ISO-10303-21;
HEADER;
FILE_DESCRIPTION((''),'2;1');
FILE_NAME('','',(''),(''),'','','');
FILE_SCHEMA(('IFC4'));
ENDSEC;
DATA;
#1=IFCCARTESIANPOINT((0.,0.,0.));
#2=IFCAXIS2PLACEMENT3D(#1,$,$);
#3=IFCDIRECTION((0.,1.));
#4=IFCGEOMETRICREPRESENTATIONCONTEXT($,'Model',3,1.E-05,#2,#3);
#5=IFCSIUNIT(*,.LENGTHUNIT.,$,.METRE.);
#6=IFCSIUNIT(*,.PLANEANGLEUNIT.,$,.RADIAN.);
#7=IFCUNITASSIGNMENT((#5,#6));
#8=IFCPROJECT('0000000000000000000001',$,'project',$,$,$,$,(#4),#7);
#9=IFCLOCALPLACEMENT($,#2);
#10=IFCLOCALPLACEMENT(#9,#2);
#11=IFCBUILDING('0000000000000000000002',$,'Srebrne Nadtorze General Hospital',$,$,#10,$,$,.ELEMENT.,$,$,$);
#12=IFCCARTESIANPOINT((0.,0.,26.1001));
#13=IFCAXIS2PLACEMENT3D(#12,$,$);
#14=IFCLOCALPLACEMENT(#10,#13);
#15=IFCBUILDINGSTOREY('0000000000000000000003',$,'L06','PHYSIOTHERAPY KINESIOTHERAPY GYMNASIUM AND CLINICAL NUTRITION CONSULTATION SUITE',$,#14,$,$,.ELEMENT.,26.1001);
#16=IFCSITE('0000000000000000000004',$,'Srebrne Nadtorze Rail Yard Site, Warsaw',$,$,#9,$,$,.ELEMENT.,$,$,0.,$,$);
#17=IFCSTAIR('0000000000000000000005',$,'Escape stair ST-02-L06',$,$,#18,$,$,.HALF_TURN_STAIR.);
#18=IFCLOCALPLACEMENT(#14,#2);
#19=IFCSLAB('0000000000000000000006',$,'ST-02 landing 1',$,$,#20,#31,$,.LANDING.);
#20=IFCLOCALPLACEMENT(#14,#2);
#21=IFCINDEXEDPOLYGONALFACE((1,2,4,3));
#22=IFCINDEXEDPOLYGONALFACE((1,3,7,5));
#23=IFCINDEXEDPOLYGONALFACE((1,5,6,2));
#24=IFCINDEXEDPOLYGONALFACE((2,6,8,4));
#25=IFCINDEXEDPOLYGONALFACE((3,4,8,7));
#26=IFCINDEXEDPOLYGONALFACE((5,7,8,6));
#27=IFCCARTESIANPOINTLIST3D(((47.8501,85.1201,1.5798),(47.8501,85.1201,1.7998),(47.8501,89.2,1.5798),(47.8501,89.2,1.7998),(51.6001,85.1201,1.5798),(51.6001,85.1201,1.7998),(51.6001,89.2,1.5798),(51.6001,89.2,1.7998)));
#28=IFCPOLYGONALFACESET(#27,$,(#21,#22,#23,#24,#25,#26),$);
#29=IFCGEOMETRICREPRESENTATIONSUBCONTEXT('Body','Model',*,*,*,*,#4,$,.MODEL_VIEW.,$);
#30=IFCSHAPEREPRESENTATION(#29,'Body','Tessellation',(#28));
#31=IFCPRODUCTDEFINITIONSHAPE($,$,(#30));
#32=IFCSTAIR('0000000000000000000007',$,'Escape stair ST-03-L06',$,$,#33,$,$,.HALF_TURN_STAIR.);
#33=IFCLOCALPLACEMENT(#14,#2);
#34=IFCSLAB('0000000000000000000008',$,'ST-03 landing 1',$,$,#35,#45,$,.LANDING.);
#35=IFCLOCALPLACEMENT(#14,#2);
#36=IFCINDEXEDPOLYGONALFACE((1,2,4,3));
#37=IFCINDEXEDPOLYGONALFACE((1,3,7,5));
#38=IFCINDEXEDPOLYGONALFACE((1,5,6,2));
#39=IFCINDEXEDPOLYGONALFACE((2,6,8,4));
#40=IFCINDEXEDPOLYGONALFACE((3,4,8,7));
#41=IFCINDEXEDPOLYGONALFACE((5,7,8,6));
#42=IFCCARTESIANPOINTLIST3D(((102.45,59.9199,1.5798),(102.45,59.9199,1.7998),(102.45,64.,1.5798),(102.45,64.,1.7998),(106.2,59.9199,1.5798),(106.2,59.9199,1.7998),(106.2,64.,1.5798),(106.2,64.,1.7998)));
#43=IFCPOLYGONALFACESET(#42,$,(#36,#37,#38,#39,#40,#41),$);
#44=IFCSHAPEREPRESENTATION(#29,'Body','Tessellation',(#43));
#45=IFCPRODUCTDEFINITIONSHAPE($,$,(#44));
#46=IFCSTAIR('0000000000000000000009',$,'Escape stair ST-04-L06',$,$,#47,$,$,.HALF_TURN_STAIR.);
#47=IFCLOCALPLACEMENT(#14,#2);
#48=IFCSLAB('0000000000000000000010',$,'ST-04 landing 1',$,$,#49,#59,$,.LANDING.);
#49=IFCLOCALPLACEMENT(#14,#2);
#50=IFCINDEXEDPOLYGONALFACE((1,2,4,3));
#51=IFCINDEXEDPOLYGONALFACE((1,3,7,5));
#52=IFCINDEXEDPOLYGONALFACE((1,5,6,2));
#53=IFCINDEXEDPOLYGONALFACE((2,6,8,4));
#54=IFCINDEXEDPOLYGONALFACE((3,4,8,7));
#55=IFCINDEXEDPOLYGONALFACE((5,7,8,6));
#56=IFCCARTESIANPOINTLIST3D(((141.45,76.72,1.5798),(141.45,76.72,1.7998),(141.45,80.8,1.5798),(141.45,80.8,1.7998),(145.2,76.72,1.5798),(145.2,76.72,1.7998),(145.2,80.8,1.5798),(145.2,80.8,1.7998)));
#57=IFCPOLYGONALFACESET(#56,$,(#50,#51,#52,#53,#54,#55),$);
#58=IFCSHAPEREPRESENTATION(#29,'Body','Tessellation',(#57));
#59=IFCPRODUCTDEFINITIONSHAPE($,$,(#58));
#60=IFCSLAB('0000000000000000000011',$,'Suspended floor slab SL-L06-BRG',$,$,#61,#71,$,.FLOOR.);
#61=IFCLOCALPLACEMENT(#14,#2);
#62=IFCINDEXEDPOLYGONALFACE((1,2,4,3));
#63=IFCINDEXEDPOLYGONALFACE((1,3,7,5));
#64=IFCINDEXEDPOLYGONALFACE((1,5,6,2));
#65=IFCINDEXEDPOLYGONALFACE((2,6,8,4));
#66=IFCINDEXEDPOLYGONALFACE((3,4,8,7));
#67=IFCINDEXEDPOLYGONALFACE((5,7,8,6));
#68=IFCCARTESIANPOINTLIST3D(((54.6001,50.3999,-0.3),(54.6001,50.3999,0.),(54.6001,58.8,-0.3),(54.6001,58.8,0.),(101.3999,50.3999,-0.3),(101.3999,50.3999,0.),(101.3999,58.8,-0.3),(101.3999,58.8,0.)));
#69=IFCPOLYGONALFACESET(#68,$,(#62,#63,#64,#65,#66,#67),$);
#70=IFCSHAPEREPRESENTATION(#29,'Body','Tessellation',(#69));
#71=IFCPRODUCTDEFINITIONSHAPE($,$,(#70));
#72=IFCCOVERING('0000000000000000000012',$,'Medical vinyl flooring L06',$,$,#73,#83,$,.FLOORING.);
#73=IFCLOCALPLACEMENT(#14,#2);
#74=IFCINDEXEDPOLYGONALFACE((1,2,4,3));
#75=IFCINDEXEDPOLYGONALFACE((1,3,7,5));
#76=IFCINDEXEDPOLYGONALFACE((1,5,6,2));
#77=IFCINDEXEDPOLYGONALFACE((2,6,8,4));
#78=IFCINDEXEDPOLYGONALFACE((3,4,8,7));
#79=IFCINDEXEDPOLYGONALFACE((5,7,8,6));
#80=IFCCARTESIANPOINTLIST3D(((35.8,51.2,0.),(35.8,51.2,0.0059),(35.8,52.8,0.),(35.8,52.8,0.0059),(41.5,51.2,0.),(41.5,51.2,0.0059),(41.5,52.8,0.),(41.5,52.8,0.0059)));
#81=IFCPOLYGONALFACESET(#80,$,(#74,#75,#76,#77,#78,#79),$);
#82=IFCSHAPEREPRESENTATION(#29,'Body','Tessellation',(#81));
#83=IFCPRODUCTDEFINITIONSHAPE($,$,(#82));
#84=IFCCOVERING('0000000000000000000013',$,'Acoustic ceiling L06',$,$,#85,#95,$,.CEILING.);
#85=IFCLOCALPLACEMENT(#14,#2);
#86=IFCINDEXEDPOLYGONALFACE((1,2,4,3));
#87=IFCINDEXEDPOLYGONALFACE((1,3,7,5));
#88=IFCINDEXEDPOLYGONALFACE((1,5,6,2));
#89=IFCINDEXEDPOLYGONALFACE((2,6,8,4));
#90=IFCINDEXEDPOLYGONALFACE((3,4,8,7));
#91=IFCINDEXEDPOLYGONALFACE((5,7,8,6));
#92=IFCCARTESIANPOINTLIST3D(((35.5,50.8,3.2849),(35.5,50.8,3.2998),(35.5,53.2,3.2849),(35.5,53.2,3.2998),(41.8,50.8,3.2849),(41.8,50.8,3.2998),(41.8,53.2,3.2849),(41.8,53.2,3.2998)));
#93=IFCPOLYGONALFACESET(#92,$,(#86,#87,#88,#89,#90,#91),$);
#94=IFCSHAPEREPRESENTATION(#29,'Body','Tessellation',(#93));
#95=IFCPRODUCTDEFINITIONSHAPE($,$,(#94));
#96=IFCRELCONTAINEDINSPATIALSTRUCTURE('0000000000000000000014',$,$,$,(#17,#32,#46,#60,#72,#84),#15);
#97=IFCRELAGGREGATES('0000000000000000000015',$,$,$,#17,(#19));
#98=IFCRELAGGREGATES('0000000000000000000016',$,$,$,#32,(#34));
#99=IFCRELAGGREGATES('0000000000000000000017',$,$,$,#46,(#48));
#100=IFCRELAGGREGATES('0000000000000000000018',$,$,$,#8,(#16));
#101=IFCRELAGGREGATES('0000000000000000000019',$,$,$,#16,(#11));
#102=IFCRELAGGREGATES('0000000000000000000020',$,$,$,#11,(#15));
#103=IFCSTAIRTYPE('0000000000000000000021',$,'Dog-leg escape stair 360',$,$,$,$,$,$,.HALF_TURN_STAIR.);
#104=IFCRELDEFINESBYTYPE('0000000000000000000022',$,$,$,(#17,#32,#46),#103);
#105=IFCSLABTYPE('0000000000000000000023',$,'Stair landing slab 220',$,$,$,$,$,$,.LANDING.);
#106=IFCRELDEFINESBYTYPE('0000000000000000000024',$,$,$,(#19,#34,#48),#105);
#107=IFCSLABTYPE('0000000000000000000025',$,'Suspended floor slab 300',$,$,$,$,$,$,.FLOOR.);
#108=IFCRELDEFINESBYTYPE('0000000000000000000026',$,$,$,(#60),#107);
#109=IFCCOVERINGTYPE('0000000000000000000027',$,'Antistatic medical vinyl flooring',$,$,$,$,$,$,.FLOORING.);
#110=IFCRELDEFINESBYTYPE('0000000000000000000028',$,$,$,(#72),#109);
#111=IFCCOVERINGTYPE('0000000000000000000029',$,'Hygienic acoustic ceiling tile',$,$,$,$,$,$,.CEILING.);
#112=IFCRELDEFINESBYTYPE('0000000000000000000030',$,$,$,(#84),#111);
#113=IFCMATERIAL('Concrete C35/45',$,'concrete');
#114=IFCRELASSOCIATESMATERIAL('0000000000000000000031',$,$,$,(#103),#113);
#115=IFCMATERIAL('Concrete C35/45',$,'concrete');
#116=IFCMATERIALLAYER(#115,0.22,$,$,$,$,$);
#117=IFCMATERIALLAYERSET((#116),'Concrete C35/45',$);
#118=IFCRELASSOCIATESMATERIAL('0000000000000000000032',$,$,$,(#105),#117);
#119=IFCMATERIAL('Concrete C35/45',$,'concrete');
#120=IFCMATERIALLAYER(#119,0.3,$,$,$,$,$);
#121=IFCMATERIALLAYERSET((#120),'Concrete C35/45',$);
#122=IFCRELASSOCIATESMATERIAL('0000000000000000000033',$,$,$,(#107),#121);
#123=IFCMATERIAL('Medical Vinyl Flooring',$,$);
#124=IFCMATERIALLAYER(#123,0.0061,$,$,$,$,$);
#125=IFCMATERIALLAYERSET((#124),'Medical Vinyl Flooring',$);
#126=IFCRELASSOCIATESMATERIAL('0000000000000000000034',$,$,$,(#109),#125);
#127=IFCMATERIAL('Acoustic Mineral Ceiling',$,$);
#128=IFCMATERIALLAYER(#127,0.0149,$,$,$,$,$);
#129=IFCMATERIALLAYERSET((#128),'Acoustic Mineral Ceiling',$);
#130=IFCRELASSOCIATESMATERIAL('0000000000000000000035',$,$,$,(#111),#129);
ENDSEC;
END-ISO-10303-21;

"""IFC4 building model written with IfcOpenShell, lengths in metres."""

from ifc_helpers import new_model, si_unit, direction, frame, origin, place, context, subcontext, project, spatial, polyline, outline, extrude, material, layer, layer_set, type_object, element, aggregate, save


model = new_model("IFC4")

# Units and contexts
model_context = context("Model", 3, precision=1e-05, world=origin(), true_north=direction((0.0, 1.0)))
body_context = subcontext(model_context, "Body", "Model", "MODEL_VIEW")
ifc_project = project(units=[si_unit("LENGTHUNIT", "METRE"), si_unit("PLANEANGLEUNIT", "RADIAN")], contexts=[model_context])

# Site, building, storey
site_placement = place(None, origin())
site = spatial("IfcSite", under=ifc_project, at=site_placement, Name="Srebrne Nadtorze Rail Yard Site, Warsaw", CompositionType="ELEMENT", RefElevation=0.0)
building_placement = place(site_placement, origin())
building = spatial("IfcBuilding", under=site, at=building_placement, Name="Srebrne Nadtorze General Hospital", CompositionType="ELEMENT")
storey_placement = place(building_placement, frame((0.0, 0.0, 26.1001)))
storey = spatial("IfcBuildingStorey", under=building, at=storey_placement, Name="L06", Description="PHYSIOTHERAPY KINESIOTHERAPY GYMNASIUM AND CLINICAL NUTRITION CONSULTATION SUITE", CompositionType="ELEMENT", Elevation=26.1001)

# Stairs, slabs
ifc_material_1 = material(Name="Concrete C35/45", Category="concrete")
stair_type = type_object("IfcStairType", Name="Dog-leg escape stair 360", PredefinedType="HALF_TURN_STAIR", material=ifc_material_1)
ifc_material_2 = material(Name="Concrete C35/45", Category="concrete")
ifc_layer_1 = layer(ifc_material_2, 0.22)
ifc_layer_set_1 = layer_set([ifc_layer_1], Name="Concrete C35/45")
slab_type_1 = type_object("IfcSlabType", Name="Stair landing slab 220", PredefinedType="LANDING", material=ifc_layer_set_1)
stair_1_placement = place(storey_placement, origin())
stair_1 = element("IfcStair", 1, at=stair_1_placement, inside=storey, type_object=stair_type, Name="Escape stair ST-02-L06", PredefinedType="HALF_TURN_STAIR")
slab_1_placement = place(storey_placement, frame((0.0, 0.0, 1.5798)))
slab_1 = element("IfcSlab", 2, at=slab_1_placement, type_object=slab_type_1, Name="ST-02 landing 1", PredefinedType="LANDING", context=body_context, shape_type="SweptSolid", body=[
    extrude(outline(polyline([(47.8501, 85.1201), (51.6001, 85.1201), (51.6001, 89.2), (47.8501, 89.2), (47.8501, 85.1201)])), origin(), (0.0, 0.0, 1.0), 0.22),
])
aggregate(stair_1, [slab_1])
stair_2_placement = place(storey_placement, origin())
stair_2 = element("IfcStair", 3, at=stair_2_placement, inside=storey, type_object=stair_type, Name="Escape stair ST-03-L06", PredefinedType="HALF_TURN_STAIR")
slab_2_placement = place(storey_placement, frame((0.0, 0.0, 1.5798)))
slab_2 = element("IfcSlab", 4, at=slab_2_placement, type_object=slab_type_1, Name="ST-03 landing 1", PredefinedType="LANDING", context=body_context, shape_type="SweptSolid", body=[
    extrude(outline(polyline([(102.45, 59.9199), (106.2, 59.9199), (106.2, 64.0), (102.45, 64.0), (102.45, 59.9199)])), origin(), (0.0, 0.0, 1.0), 0.22),
])
aggregate(stair_2, [slab_2])
stair_3_placement = place(storey_placement, origin())
stair_3 = element("IfcStair", 5, at=stair_3_placement, inside=storey, type_object=stair_type, Name="Escape stair ST-04-L06", PredefinedType="HALF_TURN_STAIR")
slab_3_placement = place(storey_placement, frame((0.0, 0.0, 1.5798)))
slab_3 = element("IfcSlab", 6, at=slab_3_placement, type_object=slab_type_1, Name="ST-04 landing 1", PredefinedType="LANDING", context=body_context, shape_type="SweptSolid", body=[
    extrude(outline(polyline([(141.45, 76.72), (145.2, 76.72), (145.2, 80.8), (141.45, 80.8), (141.45, 76.72)])), origin(), (0.0, 0.0, 1.0), 0.22),
])
aggregate(stair_3, [slab_3])

# Slab
ifc_material_3 = material(Name="Concrete C35/45", Category="concrete")
ifc_layer_2 = layer(ifc_material_3, 0.3)
ifc_layer_set_2 = layer_set([ifc_layer_2], Name="Concrete C35/45")
slab_type_2 = type_object("IfcSlabType", Name="Suspended floor slab 300", PredefinedType="FLOOR", material=ifc_layer_set_2)
slab_4_placement = place(storey_placement, frame((0.0, 0.0, -0.3)))
element("IfcSlab", 7, at=slab_4_placement, inside=storey, type_object=slab_type_2, Name="Suspended floor slab SL-L06-BRG", PredefinedType="FLOOR", context=body_context, shape_type="SweptSolid", body=[
    extrude(outline(polyline([(101.3999, 50.3999), (101.3999, 58.8), (54.6001, 58.8), (54.6001, 50.3999), (101.3999, 50.3999)])), origin(), (0.0, 0.0, 1.0), 0.3),
])

# Coverings
ifc_material_4 = material(Name="Medical Vinyl Flooring")
ifc_layer_3 = layer(ifc_material_4, 0.0061)
ifc_layer_set_3 = layer_set([ifc_layer_3], Name="Medical Vinyl Flooring")
covering_type_1 = type_object("IfcCoveringType", Name="Antistatic medical vinyl flooring", PredefinedType="FLOORING", material=ifc_layer_set_3)
covering_1_placement = place(storey_placement, origin())
element("IfcCovering", 8, at=covering_1_placement, inside=storey, type_object=covering_type_1, Name="Medical vinyl flooring L06", PredefinedType="FLOORING", context=body_context, shape_type="SweptSolid", body=[
    extrude(outline(polyline([(35.8, 51.2), (41.5, 51.2), (41.5, 52.8), (35.8, 52.8), (35.8, 51.2)])), origin(), (0.0, 0.0, 1.0), 0.0059),
])
ifc_material_5 = material(Name="Acoustic Mineral Ceiling")
ifc_layer_4 = layer(ifc_material_5, 0.0149)
ifc_layer_set_4 = layer_set([ifc_layer_4], Name="Acoustic Mineral Ceiling")
covering_type_2 = type_object("IfcCoveringType", Name="Hygienic acoustic ceiling tile", PredefinedType="CEILING", material=ifc_layer_set_4)
covering_2_placement = place(storey_placement, frame((0.0, 0.0, 3.2849)))
element("IfcCovering", 9, at=covering_2_placement, inside=storey, type_object=covering_type_2, Name="Acoustic ceiling L06", PredefinedType="CEILING", context=body_context, shape_type="SweptSolid", body=[
    extrude(outline(polyline([(35.5, 50.8), (41.8, 50.8), (41.8, 53.2), (35.5, 53.2), (35.5, 50.8)])), origin(), (0.0, 0.0, 1.0), 0.0149),
])

save(model, "model.ifc")
